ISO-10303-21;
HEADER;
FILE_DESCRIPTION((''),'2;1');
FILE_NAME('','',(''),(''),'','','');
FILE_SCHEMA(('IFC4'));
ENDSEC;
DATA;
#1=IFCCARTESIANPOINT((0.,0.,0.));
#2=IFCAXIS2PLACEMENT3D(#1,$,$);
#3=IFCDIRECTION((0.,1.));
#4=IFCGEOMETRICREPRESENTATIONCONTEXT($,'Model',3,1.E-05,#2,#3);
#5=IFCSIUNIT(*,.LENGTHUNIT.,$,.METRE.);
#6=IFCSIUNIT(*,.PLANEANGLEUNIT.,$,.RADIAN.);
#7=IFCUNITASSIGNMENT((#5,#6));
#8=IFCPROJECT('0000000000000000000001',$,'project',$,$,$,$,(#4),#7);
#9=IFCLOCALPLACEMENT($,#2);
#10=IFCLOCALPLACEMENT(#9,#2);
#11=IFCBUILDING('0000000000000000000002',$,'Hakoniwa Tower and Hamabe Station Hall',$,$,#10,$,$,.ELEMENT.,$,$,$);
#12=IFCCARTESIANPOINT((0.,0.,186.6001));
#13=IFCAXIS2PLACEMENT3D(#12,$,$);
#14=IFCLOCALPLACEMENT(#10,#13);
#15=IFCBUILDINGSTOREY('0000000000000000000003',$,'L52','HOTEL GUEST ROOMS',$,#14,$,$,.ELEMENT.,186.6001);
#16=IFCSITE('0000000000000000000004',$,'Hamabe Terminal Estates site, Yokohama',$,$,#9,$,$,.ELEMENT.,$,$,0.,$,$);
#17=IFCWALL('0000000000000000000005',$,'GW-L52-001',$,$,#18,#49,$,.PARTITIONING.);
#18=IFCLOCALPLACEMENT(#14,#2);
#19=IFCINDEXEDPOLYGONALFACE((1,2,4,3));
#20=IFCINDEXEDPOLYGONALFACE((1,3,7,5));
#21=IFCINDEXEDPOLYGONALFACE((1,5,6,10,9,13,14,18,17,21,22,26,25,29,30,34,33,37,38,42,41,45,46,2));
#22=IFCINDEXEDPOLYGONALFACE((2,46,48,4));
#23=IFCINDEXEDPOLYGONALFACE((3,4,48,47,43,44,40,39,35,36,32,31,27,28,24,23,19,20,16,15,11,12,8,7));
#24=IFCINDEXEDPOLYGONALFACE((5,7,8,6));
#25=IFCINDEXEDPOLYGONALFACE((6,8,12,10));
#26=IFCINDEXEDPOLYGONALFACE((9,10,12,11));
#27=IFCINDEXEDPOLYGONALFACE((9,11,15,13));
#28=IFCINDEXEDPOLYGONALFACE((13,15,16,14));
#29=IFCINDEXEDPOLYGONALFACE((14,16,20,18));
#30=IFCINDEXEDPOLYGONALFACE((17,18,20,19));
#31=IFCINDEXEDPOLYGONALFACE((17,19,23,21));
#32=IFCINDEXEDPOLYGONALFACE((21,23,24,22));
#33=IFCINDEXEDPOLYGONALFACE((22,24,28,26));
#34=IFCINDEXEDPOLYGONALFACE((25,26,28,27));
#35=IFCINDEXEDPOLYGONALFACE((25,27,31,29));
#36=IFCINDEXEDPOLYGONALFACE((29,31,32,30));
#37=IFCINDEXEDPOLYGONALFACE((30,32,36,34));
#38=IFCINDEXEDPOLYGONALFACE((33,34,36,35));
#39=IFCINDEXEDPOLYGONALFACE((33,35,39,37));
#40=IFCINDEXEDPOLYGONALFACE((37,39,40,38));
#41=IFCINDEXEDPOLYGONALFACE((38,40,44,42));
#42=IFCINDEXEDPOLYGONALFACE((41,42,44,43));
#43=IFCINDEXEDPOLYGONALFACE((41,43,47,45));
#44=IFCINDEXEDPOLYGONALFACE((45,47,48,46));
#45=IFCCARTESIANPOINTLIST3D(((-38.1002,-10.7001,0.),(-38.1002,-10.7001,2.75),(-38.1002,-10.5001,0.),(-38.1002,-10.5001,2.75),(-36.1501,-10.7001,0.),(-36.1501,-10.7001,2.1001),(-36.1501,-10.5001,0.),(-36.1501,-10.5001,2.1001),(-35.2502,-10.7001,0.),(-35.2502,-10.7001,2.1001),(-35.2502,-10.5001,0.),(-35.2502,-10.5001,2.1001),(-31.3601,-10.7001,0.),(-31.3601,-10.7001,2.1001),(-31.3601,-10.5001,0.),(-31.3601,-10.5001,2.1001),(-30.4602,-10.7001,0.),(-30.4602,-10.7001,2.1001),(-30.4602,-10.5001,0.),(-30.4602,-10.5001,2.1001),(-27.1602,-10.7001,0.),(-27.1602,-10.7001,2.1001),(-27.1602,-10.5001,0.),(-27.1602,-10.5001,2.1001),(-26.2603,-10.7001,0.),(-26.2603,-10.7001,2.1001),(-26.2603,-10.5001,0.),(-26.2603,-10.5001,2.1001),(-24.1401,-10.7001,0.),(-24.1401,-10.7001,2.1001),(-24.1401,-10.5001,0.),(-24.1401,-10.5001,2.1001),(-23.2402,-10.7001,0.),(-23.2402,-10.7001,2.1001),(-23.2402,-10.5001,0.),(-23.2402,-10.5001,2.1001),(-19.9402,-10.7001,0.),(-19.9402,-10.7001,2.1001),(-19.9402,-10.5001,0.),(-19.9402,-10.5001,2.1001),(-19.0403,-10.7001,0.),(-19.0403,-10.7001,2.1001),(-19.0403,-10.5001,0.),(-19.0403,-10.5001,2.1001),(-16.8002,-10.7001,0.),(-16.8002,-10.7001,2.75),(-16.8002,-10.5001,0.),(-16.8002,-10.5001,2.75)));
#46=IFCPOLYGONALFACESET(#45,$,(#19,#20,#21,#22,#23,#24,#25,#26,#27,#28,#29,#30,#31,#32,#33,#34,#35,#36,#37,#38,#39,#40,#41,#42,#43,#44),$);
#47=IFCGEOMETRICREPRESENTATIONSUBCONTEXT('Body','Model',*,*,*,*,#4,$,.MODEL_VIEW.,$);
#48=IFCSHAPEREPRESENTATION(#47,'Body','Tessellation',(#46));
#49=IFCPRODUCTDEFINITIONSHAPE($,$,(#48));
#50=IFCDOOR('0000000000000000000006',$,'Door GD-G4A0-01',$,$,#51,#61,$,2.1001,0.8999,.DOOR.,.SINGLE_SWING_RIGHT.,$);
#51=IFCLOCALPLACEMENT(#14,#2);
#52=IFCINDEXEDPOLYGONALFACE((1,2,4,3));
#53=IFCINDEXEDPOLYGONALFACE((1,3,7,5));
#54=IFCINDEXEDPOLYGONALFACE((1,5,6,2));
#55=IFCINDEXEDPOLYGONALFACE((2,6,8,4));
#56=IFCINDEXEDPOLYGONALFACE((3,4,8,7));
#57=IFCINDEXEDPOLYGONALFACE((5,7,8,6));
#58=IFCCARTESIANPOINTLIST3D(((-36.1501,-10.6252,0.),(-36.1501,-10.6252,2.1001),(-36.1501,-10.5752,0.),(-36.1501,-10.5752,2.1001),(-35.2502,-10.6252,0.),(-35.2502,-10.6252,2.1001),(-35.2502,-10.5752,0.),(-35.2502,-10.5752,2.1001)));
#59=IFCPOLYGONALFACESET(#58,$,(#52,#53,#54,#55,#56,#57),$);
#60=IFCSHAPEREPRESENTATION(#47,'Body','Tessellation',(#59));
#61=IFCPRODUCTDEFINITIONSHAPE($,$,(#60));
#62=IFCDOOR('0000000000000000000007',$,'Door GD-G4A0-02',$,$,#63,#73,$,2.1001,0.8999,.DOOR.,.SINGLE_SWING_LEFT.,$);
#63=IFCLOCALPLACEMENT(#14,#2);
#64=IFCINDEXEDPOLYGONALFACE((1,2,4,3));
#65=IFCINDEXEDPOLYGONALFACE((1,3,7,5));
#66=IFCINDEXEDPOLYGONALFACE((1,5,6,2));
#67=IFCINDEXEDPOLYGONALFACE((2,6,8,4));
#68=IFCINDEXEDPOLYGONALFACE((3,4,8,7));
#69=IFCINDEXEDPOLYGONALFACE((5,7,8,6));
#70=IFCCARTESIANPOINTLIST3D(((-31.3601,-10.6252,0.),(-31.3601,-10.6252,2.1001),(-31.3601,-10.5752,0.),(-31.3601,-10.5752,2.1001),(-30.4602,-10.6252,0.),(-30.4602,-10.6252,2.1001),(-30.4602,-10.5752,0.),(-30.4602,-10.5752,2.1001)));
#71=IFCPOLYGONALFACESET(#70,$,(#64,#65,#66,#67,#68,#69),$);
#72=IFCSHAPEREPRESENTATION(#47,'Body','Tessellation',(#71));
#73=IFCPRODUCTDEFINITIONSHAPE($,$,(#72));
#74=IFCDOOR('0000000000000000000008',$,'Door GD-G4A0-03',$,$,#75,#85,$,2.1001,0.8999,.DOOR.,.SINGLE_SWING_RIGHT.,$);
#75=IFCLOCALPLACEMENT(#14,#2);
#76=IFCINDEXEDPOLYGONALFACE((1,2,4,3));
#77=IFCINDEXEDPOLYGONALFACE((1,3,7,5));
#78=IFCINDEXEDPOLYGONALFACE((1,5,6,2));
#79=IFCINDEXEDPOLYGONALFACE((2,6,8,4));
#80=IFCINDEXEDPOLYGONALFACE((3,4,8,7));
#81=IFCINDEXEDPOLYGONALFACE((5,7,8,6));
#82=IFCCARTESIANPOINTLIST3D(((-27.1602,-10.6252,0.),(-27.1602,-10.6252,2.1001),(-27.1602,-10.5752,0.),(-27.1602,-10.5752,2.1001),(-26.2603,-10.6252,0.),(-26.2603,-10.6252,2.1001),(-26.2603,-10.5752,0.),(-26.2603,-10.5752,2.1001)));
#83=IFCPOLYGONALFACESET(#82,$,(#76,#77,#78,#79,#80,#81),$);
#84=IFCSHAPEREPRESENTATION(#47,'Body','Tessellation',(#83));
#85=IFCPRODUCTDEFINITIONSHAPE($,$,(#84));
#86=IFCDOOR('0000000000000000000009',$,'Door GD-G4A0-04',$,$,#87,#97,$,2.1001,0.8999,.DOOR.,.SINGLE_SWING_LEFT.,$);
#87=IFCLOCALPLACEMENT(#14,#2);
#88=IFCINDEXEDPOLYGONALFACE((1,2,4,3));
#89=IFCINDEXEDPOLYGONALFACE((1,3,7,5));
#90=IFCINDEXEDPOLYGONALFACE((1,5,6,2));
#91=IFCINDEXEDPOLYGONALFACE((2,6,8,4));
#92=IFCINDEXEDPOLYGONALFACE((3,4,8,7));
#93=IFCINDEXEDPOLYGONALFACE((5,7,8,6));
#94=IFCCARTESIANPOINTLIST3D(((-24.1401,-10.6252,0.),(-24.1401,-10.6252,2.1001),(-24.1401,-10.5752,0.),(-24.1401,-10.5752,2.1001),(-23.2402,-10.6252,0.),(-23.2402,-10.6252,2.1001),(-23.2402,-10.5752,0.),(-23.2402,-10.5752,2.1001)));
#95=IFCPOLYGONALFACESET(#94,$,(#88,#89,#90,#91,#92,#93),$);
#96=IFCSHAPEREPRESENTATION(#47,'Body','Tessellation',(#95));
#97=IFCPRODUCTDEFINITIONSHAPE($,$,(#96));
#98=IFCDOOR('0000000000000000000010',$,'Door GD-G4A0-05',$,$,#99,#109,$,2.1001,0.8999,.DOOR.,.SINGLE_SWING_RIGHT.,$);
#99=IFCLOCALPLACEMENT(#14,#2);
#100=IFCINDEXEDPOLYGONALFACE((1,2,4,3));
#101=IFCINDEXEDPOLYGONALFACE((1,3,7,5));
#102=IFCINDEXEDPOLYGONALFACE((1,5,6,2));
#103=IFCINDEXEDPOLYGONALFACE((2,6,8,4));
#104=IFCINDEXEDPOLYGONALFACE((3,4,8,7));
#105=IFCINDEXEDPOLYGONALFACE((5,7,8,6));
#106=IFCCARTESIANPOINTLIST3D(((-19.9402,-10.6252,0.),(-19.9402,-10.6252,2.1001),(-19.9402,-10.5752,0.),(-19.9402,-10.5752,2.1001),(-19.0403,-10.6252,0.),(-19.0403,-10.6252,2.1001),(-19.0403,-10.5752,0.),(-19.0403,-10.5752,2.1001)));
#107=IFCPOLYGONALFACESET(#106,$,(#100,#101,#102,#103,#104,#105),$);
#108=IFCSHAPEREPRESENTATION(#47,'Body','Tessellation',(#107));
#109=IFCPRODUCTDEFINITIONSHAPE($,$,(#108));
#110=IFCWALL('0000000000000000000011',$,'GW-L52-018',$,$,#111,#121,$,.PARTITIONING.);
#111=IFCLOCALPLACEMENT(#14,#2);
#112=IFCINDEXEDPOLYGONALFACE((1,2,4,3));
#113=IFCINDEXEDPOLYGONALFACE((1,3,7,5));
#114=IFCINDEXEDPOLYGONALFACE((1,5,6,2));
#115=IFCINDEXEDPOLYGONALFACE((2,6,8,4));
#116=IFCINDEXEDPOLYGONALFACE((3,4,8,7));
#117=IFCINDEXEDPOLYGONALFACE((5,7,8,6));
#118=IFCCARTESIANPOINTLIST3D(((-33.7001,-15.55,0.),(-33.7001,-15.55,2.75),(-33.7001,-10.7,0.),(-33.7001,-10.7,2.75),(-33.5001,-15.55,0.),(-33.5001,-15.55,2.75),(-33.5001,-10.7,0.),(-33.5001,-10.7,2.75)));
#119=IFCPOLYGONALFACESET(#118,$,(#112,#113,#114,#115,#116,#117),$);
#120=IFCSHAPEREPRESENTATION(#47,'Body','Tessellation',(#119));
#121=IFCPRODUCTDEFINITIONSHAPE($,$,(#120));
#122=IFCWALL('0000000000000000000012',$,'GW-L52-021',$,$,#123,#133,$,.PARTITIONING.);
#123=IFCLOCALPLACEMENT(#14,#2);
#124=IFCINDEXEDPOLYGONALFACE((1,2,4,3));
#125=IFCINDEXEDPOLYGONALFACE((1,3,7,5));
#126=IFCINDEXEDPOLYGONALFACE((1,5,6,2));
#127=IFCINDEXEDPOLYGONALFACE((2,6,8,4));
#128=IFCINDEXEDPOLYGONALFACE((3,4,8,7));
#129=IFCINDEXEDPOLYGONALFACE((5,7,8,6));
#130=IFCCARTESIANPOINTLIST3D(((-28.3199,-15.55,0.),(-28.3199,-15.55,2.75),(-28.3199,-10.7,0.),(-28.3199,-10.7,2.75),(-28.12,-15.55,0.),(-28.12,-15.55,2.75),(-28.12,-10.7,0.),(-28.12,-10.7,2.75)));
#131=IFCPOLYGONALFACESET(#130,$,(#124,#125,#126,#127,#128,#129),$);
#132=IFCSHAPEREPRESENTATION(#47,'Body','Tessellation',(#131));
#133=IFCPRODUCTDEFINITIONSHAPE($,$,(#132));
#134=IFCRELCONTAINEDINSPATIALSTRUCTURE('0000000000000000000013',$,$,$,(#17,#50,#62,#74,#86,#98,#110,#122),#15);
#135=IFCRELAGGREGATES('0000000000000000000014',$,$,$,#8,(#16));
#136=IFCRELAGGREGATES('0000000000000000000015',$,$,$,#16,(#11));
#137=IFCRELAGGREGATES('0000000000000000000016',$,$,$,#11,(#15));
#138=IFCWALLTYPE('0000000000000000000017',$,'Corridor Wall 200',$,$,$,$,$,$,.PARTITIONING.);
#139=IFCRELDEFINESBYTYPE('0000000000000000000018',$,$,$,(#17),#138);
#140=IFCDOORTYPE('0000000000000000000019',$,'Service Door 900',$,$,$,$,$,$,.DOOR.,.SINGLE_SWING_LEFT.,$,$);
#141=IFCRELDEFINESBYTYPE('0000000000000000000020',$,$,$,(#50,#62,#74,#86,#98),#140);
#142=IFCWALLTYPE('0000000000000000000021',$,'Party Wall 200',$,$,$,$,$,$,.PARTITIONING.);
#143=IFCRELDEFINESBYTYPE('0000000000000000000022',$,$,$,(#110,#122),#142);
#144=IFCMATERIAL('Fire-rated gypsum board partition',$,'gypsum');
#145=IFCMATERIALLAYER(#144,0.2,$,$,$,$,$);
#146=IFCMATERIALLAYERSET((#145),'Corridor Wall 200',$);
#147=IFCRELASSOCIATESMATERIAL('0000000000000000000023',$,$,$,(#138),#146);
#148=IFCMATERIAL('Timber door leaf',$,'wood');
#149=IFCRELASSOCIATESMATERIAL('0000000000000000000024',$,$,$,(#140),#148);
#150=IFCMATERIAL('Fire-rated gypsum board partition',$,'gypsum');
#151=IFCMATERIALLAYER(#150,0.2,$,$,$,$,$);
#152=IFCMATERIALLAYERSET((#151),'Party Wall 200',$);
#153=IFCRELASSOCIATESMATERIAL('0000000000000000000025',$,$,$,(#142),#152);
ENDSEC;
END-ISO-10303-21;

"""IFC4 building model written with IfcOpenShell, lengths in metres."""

from ifc_helpers import new_model, si_unit, direction, frame, frame_2d, origin, place, context, subcontext, project, spatial, rectangle, extrude, material, layer, layer_set, type_object, element, fill, save


model = new_model("IFC4")

# Units and contexts
model_context = context("Model", 3, precision=1e-05, world=origin(), true_north=direction((0.0, 1.0)))
body_context = subcontext(model_context, "Body", "Model", "MODEL_VIEW")
ifc_project = project(units=[si_unit("LENGTHUNIT", "METRE"), si_unit("PLANEANGLEUNIT", "RADIAN")], contexts=[model_context])

# Site, building, storey
site_placement = place(None, origin())
site = spatial("IfcSite", under=ifc_project, at=site_placement, Name="Hamabe Terminal Estates site, Yokohama", CompositionType="ELEMENT", RefElevation=0.0)
building_placement = place(site_placement, origin())
building = spatial("IfcBuilding", under=site, at=building_placement, Name="Hakoniwa Tower and Hamabe Station Hall", CompositionType="ELEMENT")
storey_placement = place(building_placement, frame((0.0, 0.0, 186.6001)))
storey = spatial("IfcBuildingStorey", under=building, at=storey_placement, Name="L52", Description="HOTEL GUEST ROOMS", CompositionType="ELEMENT", Elevation=186.6001)

# Wall, openings, doors
ifc_material_1 = material(Name="Fire-rated gypsum board partition", Category="gypsum")
ifc_layer_1 = layer(ifc_material_1, 0.2)
ifc_layer_set_1 = layer_set([ifc_layer_1], Name="Corridor Wall 200")
wall_type_1 = type_object("IfcWallType", Name="Corridor Wall 200", PredefinedType="PARTITIONING", material=ifc_layer_set_1)
wall_placement = place(storey_placement, frame((-38.1001, -10.6001, 0.0), z_axis=(0.0, 0.0, 1.0), x_axis=(1.0, 0.0, 0.0)))
wall = element("IfcWall", 1, at=wall_placement, inside=storey, type_object=wall_type_1, Name="GW-L52-001", PredefinedType="PARTITIONING", context=body_context, shape_type="SweptSolid", body=[
    extrude(rectangle(XDim=21.3, YDim=0.2, at=frame_2d((10.6499, 0.0))), origin(), (0.0, 0.0, 1.0), 2.75),
])
opening_1_placement = place(wall_placement, frame((1.95, 0.0, 0.0)))
opening_1 = element("IfcOpeningElement", 2, at=opening_1_placement, cuts=wall, PredefinedType="OPENING", context=body_context, shape_type="SweptSolid", body=[
    extrude(rectangle(XDim=0.8999, YDim=2.1001, at=frame_2d((0.45, 1.05))), frame((0.0, 0.1099, 0.0), z_axis=(0.0, -1.0, 0.0), x_axis=(1.0, 0.0, 0.0)), (0.0, 0.0, 1.0), 0.22),
])
opening_2_placement = place(wall_placement, frame((6.74, 0.0, 0.0)))
opening_2 = element("IfcOpeningElement", 3, at=opening_2_placement, cuts=wall, PredefinedType="OPENING", context=body_context, shape_type="SweptSolid", body=[
    extrude(rectangle(XDim=0.8999, YDim=2.1001, at=frame_2d((0.45, 1.05))), frame((0.0, 0.1099, 0.0), z_axis=(0.0, -1.0, 0.0), x_axis=(1.0, 0.0, 0.0)), (0.0, 0.0, 1.0), 0.22),
])
opening_3_placement = place(wall_placement, frame((10.9399, 0.0, 0.0)))
opening_3 = element("IfcOpeningElement", 4, at=opening_3_placement, cuts=wall, PredefinedType="OPENING", context=body_context, shape_type="SweptSolid", body=[
    extrude(rectangle(XDim=0.8999, YDim=2.1001, at=frame_2d((0.45, 1.05))), frame((0.0, 0.1099, 0.0), z_axis=(0.0, -1.0, 0.0), x_axis=(1.0, 0.0, 0.0)), (0.0, 0.0, 1.0), 0.22),
])
opening_4_placement = place(wall_placement, frame((13.96, 0.0, 0.0)))
opening_4 = element("IfcOpeningElement", 5, at=opening_4_placement, cuts=wall, PredefinedType="OPENING", context=body_context, shape_type="SweptSolid", body=[
    extrude(rectangle(XDim=0.8999, YDim=2.1001, at=frame_2d((0.45, 1.05))), frame((0.0, 0.1099, 0.0), z_axis=(0.0, -1.0, 0.0), x_axis=(1.0, 0.0, 0.0)), (0.0, 0.0, 1.0), 0.22),
])
opening_5_placement = place(wall_placement, frame((18.1599, 0.0, 0.0)))
opening_5 = element("IfcOpeningElement", 6, at=opening_5_placement, cuts=wall, PredefinedType="OPENING", context=body_context, shape_type="SweptSolid", body=[
    extrude(rectangle(XDim=0.8999, YDim=2.1001, at=frame_2d((0.45, 1.05))), frame((0.0, 0.1099, 0.0), z_axis=(0.0, -1.0, 0.0), x_axis=(1.0, 0.0, 0.0)), (0.0, 0.0, 1.0), 0.22),
])
ifc_material_2 = material(Name="Timber door leaf", Category="wood")
door_type = type_object("IfcDoorType", Name="Service Door 900", OperationType="SINGLE_SWING_LEFT", PredefinedType="DOOR", material=ifc_material_2)
door_1_placement = place(opening_1_placement, origin())
door_1 = element("IfcDoor", 7, at=door_1_placement, inside=storey, type_object=door_type, Name="Door GD-G4A0-01", OperationType="SINGLE_SWING_RIGHT", OverallHeight=2.1001, OverallWidth=0.8999, PredefinedType="DOOR", context=body_context, shape_type="SweptSolid", body=[
    extrude(rectangle(XDim=0.8999, YDim=2.1001, at=frame_2d((0.45, 1.05))), frame((0.0, 0.0249, 0.0), z_axis=(0.0, -1.0, 0.0), x_axis=(1.0, 0.0, 0.0)), (0.0, 0.0, 1.0), 0.05),
])
fill(opening_1, door_1)
door_2_placement = place(opening_2_placement, origin())
door_2 = element("IfcDoor", 8, at=door_2_placement, inside=storey, type_object=door_type, Name="Door GD-G4A0-02", OperationType="SINGLE_SWING_LEFT", OverallHeight=2.1001, OverallWidth=0.8999, PredefinedType="DOOR", context=body_context, shape_type="SweptSolid", body=[
    extrude(rectangle(XDim=0.8999, YDim=2.1001, at=frame_2d((0.45, 1.05))), frame((0.0, 0.0249, 0.0), z_axis=(0.0, -1.0, 0.0), x_axis=(1.0, 0.0, 0.0)), (0.0, 0.0, 1.0), 0.05),
])
fill(opening_2, door_2)
door_3_placement = place(opening_3_placement, origin())
door_3 = element("IfcDoor", 9, at=door_3_placement, inside=storey, type_object=door_type, Name="Door GD-G4A0-03", OperationType="SINGLE_SWING_RIGHT", OverallHeight=2.1001, OverallWidth=0.8999, PredefinedType="DOOR", context=body_context, shape_type="SweptSolid", body=[
    extrude(rectangle(XDim=0.8999, YDim=2.1001, at=frame_2d((0.45, 1.05))), frame((0.0, 0.0249, 0.0), z_axis=(0.0, -1.0, 0.0), x_axis=(1.0, 0.0, 0.0)), (0.0, 0.0, 1.0), 0.05),
])
fill(opening_3, door_3)
door_4_placement = place(opening_4_placement, origin())
door_4 = element("IfcDoor", 10, at=door_4_placement, inside=storey, type_object=door_type, Name="Door GD-G4A0-04", OperationType="SINGLE_SWING_LEFT", OverallHeight=2.1001, OverallWidth=0.8999, PredefinedType="DOOR", context=body_context, shape_type="SweptSolid", body=[
    extrude(rectangle(XDim=0.8999, YDim=2.1001, at=frame_2d((0.45, 1.05))), frame((0.0, 0.0249, 0.0), z_axis=(0.0, -1.0, 0.0), x_axis=(1.0, 0.0, 0.0)), (0.0, 0.0, 1.0), 0.05),
])
fill(opening_4, door_4)
door_5_placement = place(opening_5_placement, origin())
door_5 = element("IfcDoor", 11, at=door_5_placement, inside=storey, type_object=door_type, Name="Door GD-G4A0-05", OperationType="SINGLE_SWING_RIGHT", OverallHeight=2.1001, OverallWidth=0.8999, PredefinedType="DOOR", context=body_context, shape_type="SweptSolid", body=[
    extrude(rectangle(XDim=0.8999, YDim=2.1001, at=frame_2d((0.45, 1.05))), frame((0.0, 0.0249, 0.0), z_axis=(0.0, -1.0, 0.0), x_axis=(1.0, 0.0, 0.0)), (0.0, 0.0, 1.0), 0.05),
])
fill(opening_5, door_5)

# Walls
ifc_material_3 = material(Name="Fire-rated gypsum board partition", Category="gypsum")
ifc_layer_2 = layer(ifc_material_3, 0.2)
ifc_layer_set_2 = layer_set([ifc_layer_2], Name="Party Wall 200")
wall_type_2 = type_object("IfcWallType", Name="Party Wall 200", PredefinedType="PARTITIONING", material=ifc_layer_set_2)
for number, where, z_axis, x_axis, name in (
    (12, (-33.6001, -15.55, 0.0), (0.0, 0.0, 1.0), (0.0, 1.0, 0.0), "GW-L52-018"),
    (13, (-28.22, -15.55, 0.0), (0.0, 0.0, 1.0), (0.0, 1.0, 0.0), "GW-L52-021"),
):
    element("IfcWall", number, at=place(storey_placement, frame(where, z_axis=z_axis, x_axis=x_axis)), inside=storey, type_object=wall_type_2, Name=name, PredefinedType="PARTITIONING", context=body_context, shape_type="SweptSolid", body=[
        extrude(rectangle(XDim=4.8501, YDim=0.2, at=frame_2d((2.425, 0.0))), origin(), (0.0, 0.0, 1.0), 2.75),
    ])

save(model, "model.ifc")
